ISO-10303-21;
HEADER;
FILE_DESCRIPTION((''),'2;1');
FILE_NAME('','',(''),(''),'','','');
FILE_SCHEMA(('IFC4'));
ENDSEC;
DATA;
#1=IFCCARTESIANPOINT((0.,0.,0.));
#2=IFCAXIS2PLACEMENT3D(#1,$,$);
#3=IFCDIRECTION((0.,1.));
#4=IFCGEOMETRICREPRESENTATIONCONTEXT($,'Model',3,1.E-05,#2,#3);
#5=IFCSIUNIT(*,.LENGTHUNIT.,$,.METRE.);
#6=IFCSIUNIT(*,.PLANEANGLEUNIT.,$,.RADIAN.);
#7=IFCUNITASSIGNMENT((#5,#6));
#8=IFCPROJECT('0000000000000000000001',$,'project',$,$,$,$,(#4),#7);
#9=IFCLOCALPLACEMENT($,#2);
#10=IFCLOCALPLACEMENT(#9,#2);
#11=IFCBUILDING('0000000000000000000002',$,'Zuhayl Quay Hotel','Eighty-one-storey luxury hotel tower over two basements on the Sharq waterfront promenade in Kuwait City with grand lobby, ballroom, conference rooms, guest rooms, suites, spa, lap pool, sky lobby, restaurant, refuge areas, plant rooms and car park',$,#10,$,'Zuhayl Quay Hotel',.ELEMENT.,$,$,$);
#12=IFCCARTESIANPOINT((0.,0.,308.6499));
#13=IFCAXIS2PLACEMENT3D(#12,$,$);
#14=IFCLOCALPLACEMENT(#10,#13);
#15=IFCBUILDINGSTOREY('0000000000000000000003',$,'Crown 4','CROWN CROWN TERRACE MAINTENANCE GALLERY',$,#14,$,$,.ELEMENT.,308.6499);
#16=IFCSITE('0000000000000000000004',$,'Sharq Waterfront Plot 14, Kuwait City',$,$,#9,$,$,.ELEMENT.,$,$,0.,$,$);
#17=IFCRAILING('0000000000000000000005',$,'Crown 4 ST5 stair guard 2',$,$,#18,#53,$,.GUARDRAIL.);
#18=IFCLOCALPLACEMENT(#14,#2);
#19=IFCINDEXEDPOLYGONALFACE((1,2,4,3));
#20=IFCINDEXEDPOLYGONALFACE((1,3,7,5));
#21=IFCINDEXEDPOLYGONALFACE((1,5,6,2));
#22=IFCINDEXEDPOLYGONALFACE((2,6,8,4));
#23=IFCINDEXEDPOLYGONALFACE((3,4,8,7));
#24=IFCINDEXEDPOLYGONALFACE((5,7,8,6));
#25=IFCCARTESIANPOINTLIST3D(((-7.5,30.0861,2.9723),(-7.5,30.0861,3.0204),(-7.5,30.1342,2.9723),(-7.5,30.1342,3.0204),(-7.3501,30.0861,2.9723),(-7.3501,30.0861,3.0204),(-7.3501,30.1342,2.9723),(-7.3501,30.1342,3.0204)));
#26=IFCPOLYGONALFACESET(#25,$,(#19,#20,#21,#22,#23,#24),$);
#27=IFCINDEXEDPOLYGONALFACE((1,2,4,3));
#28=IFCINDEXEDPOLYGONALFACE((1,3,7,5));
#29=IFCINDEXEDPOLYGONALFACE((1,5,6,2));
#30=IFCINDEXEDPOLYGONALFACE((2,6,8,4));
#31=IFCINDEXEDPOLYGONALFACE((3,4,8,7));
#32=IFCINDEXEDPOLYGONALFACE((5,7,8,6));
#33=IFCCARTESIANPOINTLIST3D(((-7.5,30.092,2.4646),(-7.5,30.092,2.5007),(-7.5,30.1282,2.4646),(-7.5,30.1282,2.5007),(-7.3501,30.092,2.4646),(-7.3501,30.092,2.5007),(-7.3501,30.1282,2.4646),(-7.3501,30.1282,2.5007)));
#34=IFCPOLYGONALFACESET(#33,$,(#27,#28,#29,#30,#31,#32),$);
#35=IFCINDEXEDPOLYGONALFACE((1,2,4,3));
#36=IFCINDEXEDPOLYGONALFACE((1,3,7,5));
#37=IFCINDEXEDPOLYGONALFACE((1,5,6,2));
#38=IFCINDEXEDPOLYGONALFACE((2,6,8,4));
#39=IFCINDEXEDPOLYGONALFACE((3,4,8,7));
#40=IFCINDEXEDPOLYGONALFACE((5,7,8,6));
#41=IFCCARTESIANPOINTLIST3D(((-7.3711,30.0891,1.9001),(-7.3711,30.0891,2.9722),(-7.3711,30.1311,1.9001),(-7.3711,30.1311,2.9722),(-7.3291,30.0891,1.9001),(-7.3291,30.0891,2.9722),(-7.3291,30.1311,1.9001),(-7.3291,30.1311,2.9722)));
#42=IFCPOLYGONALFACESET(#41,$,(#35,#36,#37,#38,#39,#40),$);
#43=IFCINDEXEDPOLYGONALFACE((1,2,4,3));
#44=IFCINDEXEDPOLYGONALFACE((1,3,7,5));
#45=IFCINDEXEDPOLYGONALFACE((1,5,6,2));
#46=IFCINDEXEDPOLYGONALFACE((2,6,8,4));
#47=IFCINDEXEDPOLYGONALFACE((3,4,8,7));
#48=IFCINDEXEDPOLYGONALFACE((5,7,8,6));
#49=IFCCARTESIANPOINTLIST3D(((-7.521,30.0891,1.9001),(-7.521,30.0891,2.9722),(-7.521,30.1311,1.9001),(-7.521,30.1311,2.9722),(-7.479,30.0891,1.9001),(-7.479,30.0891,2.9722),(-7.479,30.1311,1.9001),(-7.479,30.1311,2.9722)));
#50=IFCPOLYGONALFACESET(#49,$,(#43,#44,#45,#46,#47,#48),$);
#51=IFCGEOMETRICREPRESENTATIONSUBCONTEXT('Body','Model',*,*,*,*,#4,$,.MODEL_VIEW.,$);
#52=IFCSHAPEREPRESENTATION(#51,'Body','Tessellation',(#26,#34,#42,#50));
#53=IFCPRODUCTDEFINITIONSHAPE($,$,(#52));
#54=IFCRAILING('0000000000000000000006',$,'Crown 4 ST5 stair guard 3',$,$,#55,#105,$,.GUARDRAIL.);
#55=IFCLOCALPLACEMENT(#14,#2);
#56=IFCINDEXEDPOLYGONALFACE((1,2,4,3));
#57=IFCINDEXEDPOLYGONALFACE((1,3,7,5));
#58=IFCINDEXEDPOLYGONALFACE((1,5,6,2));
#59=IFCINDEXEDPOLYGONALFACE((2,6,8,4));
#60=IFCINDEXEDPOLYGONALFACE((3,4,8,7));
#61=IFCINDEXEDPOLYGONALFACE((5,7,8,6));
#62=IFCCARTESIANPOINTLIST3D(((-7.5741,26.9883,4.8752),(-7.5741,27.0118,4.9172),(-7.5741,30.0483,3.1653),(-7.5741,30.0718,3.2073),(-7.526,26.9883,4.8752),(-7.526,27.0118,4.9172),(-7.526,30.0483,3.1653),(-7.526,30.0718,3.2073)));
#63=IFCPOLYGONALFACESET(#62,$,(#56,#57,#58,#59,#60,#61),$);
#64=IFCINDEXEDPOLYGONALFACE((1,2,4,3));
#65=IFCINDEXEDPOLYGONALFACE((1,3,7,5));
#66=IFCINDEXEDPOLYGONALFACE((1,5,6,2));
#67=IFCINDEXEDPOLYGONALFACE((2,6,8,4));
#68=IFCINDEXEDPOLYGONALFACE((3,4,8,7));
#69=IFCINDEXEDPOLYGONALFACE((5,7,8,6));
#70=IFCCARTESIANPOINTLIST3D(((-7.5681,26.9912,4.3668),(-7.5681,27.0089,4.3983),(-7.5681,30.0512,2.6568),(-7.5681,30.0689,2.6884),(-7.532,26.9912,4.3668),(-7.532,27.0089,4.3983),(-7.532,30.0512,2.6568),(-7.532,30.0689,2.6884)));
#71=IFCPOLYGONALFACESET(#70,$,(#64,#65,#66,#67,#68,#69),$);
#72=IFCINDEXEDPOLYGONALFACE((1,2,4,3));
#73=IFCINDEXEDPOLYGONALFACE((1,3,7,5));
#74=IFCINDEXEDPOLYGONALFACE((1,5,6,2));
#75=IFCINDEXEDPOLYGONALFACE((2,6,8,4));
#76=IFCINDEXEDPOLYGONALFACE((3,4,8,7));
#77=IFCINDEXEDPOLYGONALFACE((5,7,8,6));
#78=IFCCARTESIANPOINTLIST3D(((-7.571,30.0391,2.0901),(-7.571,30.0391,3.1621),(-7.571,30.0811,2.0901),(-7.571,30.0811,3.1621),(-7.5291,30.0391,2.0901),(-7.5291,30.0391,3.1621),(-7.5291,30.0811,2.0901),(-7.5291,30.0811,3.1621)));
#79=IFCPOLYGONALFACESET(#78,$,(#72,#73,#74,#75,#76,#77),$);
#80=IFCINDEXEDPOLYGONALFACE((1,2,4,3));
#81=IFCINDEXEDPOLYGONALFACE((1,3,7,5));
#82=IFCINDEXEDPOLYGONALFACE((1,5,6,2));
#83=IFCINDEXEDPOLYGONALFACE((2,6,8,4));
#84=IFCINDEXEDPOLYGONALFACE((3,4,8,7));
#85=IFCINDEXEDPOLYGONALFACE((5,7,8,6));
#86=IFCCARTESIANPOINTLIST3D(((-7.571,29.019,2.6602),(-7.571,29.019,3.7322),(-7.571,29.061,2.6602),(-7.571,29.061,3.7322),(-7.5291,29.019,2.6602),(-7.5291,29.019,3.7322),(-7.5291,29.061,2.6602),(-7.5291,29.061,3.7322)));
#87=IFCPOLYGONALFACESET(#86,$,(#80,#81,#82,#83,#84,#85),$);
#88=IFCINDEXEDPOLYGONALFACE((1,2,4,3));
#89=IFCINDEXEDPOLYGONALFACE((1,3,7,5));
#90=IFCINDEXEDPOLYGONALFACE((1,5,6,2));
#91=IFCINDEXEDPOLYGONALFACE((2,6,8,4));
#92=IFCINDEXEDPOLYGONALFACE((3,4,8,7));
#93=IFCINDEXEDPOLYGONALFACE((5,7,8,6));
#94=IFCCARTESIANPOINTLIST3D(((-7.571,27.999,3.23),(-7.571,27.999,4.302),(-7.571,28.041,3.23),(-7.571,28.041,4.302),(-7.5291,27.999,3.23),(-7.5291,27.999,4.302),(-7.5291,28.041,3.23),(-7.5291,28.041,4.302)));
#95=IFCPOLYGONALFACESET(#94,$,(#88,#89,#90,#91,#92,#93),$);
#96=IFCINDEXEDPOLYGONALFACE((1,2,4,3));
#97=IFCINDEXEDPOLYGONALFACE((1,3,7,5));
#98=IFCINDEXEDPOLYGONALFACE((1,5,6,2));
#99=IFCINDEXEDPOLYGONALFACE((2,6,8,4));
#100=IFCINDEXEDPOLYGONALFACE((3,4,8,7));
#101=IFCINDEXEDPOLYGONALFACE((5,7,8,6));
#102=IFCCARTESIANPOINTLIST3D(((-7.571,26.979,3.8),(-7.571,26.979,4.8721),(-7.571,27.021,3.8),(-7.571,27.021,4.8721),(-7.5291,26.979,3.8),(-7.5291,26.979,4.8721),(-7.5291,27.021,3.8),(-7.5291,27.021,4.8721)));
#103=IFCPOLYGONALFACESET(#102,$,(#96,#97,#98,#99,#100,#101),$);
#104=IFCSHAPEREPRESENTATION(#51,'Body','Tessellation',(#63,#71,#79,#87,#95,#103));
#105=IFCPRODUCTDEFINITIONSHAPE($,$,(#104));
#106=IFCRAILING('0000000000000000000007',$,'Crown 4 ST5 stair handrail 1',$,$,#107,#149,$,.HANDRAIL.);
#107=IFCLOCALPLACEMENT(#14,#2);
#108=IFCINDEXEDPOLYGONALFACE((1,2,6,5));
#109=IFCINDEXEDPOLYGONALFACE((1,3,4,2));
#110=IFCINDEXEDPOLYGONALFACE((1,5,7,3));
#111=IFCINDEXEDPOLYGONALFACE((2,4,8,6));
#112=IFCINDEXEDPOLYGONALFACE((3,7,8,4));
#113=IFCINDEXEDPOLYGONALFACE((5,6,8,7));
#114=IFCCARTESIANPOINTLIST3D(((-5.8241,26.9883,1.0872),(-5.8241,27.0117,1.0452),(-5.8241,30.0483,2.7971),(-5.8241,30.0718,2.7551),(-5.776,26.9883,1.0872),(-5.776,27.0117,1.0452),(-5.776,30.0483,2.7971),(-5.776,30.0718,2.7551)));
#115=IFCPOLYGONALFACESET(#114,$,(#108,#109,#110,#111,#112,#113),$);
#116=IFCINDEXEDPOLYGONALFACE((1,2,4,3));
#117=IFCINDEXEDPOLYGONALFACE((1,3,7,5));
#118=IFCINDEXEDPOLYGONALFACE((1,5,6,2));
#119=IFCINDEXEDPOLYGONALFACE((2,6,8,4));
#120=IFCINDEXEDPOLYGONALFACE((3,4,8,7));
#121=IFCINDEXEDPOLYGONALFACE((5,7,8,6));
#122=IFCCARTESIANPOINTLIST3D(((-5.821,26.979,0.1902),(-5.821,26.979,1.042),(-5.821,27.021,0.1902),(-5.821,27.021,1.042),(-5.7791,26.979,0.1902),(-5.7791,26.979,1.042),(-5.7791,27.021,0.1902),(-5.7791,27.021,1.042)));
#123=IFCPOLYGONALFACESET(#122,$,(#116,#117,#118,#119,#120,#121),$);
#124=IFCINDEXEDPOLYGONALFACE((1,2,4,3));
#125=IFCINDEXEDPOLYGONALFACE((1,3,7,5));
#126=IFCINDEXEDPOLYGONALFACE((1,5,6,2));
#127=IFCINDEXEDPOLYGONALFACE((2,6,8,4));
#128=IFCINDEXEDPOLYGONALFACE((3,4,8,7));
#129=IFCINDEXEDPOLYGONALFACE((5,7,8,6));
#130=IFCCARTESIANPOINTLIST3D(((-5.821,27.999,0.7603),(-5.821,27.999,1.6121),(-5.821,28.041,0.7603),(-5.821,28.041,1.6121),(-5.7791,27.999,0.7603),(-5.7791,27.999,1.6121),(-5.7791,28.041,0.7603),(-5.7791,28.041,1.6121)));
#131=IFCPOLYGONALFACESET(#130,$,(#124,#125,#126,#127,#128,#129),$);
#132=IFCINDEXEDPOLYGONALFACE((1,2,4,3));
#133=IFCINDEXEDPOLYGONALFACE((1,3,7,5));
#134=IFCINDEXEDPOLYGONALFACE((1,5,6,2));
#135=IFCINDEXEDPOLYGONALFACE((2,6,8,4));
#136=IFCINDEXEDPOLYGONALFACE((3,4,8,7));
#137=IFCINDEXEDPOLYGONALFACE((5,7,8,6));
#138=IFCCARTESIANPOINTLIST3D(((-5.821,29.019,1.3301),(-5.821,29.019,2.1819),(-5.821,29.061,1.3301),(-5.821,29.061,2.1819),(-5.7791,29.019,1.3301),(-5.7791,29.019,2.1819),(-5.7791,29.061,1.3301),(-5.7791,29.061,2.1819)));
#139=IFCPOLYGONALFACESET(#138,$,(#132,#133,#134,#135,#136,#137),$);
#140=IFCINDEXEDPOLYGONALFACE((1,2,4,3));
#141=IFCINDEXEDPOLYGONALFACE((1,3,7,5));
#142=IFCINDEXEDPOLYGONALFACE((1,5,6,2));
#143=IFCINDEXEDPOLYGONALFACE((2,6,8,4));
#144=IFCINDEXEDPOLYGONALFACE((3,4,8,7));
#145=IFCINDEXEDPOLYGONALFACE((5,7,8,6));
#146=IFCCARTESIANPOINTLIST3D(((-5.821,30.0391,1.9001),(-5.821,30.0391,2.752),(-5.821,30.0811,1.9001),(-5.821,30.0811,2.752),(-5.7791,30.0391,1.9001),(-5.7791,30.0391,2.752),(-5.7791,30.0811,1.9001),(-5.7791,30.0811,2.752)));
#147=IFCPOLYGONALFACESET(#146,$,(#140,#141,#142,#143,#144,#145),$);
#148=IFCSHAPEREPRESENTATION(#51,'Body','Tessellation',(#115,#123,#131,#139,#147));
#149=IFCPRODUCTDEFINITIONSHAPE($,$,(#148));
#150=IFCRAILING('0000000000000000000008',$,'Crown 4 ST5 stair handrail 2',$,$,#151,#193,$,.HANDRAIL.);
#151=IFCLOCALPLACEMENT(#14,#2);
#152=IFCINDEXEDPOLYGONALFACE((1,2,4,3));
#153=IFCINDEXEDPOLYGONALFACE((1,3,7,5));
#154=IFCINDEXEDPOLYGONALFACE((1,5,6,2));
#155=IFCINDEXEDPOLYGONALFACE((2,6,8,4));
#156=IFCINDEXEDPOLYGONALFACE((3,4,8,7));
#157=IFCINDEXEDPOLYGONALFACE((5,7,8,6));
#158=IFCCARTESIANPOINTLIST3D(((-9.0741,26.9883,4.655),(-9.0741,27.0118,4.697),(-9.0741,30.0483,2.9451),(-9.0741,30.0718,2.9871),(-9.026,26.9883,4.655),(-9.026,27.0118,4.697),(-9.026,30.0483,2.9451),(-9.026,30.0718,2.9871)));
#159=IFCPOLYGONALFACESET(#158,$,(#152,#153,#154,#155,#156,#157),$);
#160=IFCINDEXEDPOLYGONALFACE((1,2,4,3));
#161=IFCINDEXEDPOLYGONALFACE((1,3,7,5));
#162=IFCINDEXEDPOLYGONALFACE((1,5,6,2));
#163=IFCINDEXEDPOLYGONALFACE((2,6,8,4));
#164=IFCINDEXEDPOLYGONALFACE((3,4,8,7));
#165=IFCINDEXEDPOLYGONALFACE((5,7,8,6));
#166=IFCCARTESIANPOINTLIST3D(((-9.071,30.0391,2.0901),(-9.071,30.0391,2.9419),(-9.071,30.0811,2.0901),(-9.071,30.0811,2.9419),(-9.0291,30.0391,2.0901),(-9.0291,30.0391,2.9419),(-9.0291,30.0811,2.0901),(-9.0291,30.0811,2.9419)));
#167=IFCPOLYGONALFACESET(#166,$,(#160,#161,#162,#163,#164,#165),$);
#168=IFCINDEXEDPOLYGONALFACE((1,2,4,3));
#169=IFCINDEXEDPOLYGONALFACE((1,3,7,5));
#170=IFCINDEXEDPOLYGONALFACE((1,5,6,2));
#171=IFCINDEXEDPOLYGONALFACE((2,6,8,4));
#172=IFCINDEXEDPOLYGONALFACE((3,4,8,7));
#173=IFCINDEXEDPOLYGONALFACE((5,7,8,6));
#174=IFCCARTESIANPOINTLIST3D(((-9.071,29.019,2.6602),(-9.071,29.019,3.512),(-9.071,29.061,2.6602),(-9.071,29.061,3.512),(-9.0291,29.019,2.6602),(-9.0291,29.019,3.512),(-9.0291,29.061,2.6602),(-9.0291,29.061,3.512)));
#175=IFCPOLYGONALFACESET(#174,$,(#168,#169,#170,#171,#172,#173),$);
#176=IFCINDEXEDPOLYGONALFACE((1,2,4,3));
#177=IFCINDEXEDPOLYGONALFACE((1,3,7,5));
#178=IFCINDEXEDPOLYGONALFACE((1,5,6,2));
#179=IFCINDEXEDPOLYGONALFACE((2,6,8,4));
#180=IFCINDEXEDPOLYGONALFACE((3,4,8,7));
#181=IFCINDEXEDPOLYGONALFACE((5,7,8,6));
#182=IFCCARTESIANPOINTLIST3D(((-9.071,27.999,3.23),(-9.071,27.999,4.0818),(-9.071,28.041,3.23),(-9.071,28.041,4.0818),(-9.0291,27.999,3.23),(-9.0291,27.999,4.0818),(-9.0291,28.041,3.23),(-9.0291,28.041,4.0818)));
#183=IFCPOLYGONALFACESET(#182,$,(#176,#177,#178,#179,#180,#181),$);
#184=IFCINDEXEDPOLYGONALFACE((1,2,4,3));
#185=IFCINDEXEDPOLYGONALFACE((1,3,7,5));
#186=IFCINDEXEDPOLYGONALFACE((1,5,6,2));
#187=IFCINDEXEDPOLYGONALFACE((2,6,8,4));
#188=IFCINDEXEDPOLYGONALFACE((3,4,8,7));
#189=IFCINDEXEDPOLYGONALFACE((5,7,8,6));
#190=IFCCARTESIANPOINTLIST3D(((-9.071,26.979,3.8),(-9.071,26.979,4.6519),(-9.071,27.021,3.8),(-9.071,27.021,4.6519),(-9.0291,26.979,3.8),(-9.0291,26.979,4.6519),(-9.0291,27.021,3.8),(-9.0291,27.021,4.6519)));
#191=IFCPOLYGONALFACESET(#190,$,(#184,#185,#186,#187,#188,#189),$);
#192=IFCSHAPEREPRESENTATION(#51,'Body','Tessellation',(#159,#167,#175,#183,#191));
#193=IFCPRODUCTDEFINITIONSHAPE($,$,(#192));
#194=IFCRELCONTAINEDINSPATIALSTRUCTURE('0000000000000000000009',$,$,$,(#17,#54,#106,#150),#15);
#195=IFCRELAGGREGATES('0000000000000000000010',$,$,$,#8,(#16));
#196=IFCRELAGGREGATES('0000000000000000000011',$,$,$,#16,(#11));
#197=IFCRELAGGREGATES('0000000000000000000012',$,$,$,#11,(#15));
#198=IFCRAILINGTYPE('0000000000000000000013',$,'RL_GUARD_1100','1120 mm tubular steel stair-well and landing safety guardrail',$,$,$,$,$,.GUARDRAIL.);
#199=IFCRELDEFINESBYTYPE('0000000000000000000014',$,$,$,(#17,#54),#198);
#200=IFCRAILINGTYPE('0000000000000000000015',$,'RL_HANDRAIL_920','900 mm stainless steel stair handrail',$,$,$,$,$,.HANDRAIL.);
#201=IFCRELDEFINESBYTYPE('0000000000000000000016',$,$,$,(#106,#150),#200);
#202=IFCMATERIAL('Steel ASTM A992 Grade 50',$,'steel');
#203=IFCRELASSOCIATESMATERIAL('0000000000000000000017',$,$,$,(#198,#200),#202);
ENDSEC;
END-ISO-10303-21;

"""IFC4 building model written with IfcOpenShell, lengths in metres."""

from ifc_helpers import new_model, si_unit, direction, frame, origin, origin_2d, place, context, subcontext, project, spatial, rectangle, extrude, material, type_object, element, save


model = new_model("IFC4")

# Units and contexts
model_context = context("Model", 3, precision=1e-05, world=origin(), true_north=direction((0.0, 1.0)))
body_context = subcontext(model_context, "Body", "Model", "MODEL_VIEW")
ifc_project = project(units=[si_unit("LENGTHUNIT", "METRE"), si_unit("PLANEANGLEUNIT", "RADIAN")], contexts=[model_context])

# Site, building, storey
site_placement = place(None, origin())
site = spatial("IfcSite", under=ifc_project, at=site_placement, Name="Sharq Waterfront Plot 14, Kuwait City", CompositionType="ELEMENT", RefElevation=0.0)
building_placement = place(site_placement, origin())
building = spatial("IfcBuilding", under=site, at=building_placement, Name="Zuhayl Quay Hotel", Description="Eighty-one-storey luxury hotel tower over two basements on the Sharq waterfront promenade in Kuwait City with grand lobby, ballroom, conference rooms, guest rooms, suites, spa, lap pool, sky lobby, restaurant, refuge areas, plant rooms and car park", LongName="Zuhayl Quay Hotel", CompositionType="ELEMENT")
storey_placement = place(building_placement, frame((0.0, 0.0, 308.6499)))
storey = spatial("IfcBuildingStorey", under=building, at=storey_placement, Name="Crown 4", Description="CROWN CROWN TERRACE MAINTENANCE GALLERY", CompositionType="ELEMENT", Elevation=308.6499)

# Shared definitions
ifc_material_1 = material(Name="Steel ASTM A992 Grade 50", Category="steel")

# Railings
railing_type_1 = type_object("IfcRailingType", Name="RL_GUARD_1100", Description="1120 mm tubular steel stair-well and landing safety guardrail", PredefinedType="GUARDRAIL", material=ifc_material_1)
railing_1_placement = place(storey_placement, frame((-7.3501, 30.1101, 1.9001)))
element("IfcRailing", 1, at=railing_1_placement, inside=storey, type_object=railing_type_1, Name="Crown 4 ST5 stair guard 2", PredefinedType="GUARDRAIL", context=body_context, shape_type="SweptSolid", body=[
    extrude(rectangle(XDim=0.0481, YDim=0.0481, at=origin_2d()), frame((0.0, 0.0, 1.0962), z_axis=(-1.0, 0.0, 0.0), x_axis=(0.0, -1.0, 0.0)), (0.0, 0.0, 1.0), 0.1499),
    extrude(rectangle(XDim=0.0361, YDim=0.0361, at=origin_2d()), frame((0.0, 0.0, 0.5825), z_axis=(-1.0, 0.0, 0.0), x_axis=(0.0, -1.0, 0.0)), (0.0, 0.0, 1.0), 0.1499),
    extrude(rectangle(XDim=0.042, YDim=0.042, at=origin_2d()), origin(), (0.0, 0.0, 1.0), 1.072),
    extrude(rectangle(XDim=0.042, YDim=0.042, at=origin_2d()), frame((-0.1499, 0.0, 0.0)), (0.0, 0.0, 1.0), 1.072),
])
railing_2_placement = place(storey_placement, frame((-7.55, 30.0601, 2.0901)))
element("IfcRailing", 2, at=railing_2_placement, inside=storey, type_object=railing_type_1, Name="Crown 4 ST5 stair guard 3", PredefinedType="GUARDRAIL", context=body_context, shape_type="SweptSolid", body=[
    extrude(rectangle(XDim=0.0481, YDim=0.0481, at=origin_2d()), frame((0.0, 0.0, 1.0962), z_axis=(0.0, -0.872952, 0.487806), x_axis=(1.0, 0.0, 0.0)), (0.0, 0.0, 1.0), 3.5054),
    extrude(rectangle(XDim=0.0361, YDim=0.0361, at=origin_2d()), frame((0.0, 0.0, 0.5825), z_axis=(0.0, -0.872952, 0.487806), x_axis=(1.0, 0.0, 0.0)), (0.0, 0.0, 1.0), 3.5054),
    extrude(rectangle(XDim=0.042, YDim=0.042, at=origin_2d()), origin(), (0.0, 0.0, 1.0), 1.072),
    extrude(rectangle(XDim=0.042, YDim=0.042, at=origin_2d()), frame((0.0, -1.02, 0.5701)), (0.0, 0.0, 1.0), 1.072),
    extrude(rectangle(XDim=0.042, YDim=0.042, at=origin_2d()), frame((0.0, -2.04, 1.1399)), (0.0, 0.0, 1.0), 1.072),
    extrude(rectangle(XDim=0.042, YDim=0.042, at=origin_2d()), frame((0.0, -3.0601, 1.71)), (0.0, 0.0, 1.0), 1.072),
])
railing_type_2 = type_object("IfcRailingType", Name="RL_HANDRAIL_920", Description="900 mm stainless steel stair handrail", PredefinedType="HANDRAIL", material=ifc_material_1)
railing_3_placement = place(storey_placement, frame((-5.8, 27.0, 0.1902)))
element("IfcRailing", 3, at=railing_3_placement, inside=storey, type_object=railing_type_2, Name="Crown 4 ST5 stair handrail 1", PredefinedType="HANDRAIL", context=body_context, shape_type="SweptSolid", body=[
    extrude(rectangle(XDim=0.0481, YDim=0.0481, at=origin_2d()), frame((0.0, 0.0, 0.876), z_axis=(0.0, 0.872952, 0.487806), x_axis=(-1.0, 0.0, 0.0)), (0.0, 0.0, 1.0), 3.5054),
    extrude(rectangle(XDim=0.042, YDim=0.042, at=origin_2d()), origin(), (0.0, 0.0, 1.0), 0.8518),
    extrude(rectangle(XDim=0.042, YDim=0.042, at=origin_2d()), frame((0.0, 1.02, 0.5701)), (0.0, 0.0, 1.0), 0.8518),
    extrude(rectangle(XDim=0.042, YDim=0.042, at=origin_2d()), frame((0.0, 2.04, 1.1399)), (0.0, 0.0, 1.0), 0.8518),
    extrude(rectangle(XDim=0.042, YDim=0.042, at=origin_2d()), frame((0.0, 3.0601, 1.71)), (0.0, 0.0, 1.0), 0.8518),
])
railing_4_placement = place(storey_placement, frame((-9.05, 30.0601, 2.0901)))
element("IfcRailing", 4, at=railing_4_placement, inside=storey, type_object=railing_type_2, Name="Crown 4 ST5 stair handrail 2", PredefinedType="HANDRAIL", context=body_context, shape_type="SweptSolid", body=[
    extrude(rectangle(XDim=0.0481, YDim=0.0481, at=origin_2d()), frame((0.0, 0.0, 0.876), z_axis=(0.0, -0.872952, 0.487806), x_axis=(1.0, 0.0, 0.0)), (0.0, 0.0, 1.0), 3.5054),
    extrude(rectangle(XDim=0.042, YDim=0.042, at=origin_2d()), origin(), (0.0, 0.0, 1.0), 0.8518),
    extrude(rectangle(XDim=0.042, YDim=0.042, at=origin_2d()), frame((0.0, -1.02, 0.5701)), (0.0, 0.0, 1.0), 0.8518),
    extrude(rectangle(XDim=0.042, YDim=0.042, at=origin_2d()), frame((0.0, -2.04, 1.1399)), (0.0, 0.0, 1.0), 0.8518),
    extrude(rectangle(XDim=0.042, YDim=0.042, at=origin_2d()), frame((0.0, -3.0601, 1.71)), (0.0, 0.0, 1.0), 0.8518),
])

save(model, "model.ifc")
